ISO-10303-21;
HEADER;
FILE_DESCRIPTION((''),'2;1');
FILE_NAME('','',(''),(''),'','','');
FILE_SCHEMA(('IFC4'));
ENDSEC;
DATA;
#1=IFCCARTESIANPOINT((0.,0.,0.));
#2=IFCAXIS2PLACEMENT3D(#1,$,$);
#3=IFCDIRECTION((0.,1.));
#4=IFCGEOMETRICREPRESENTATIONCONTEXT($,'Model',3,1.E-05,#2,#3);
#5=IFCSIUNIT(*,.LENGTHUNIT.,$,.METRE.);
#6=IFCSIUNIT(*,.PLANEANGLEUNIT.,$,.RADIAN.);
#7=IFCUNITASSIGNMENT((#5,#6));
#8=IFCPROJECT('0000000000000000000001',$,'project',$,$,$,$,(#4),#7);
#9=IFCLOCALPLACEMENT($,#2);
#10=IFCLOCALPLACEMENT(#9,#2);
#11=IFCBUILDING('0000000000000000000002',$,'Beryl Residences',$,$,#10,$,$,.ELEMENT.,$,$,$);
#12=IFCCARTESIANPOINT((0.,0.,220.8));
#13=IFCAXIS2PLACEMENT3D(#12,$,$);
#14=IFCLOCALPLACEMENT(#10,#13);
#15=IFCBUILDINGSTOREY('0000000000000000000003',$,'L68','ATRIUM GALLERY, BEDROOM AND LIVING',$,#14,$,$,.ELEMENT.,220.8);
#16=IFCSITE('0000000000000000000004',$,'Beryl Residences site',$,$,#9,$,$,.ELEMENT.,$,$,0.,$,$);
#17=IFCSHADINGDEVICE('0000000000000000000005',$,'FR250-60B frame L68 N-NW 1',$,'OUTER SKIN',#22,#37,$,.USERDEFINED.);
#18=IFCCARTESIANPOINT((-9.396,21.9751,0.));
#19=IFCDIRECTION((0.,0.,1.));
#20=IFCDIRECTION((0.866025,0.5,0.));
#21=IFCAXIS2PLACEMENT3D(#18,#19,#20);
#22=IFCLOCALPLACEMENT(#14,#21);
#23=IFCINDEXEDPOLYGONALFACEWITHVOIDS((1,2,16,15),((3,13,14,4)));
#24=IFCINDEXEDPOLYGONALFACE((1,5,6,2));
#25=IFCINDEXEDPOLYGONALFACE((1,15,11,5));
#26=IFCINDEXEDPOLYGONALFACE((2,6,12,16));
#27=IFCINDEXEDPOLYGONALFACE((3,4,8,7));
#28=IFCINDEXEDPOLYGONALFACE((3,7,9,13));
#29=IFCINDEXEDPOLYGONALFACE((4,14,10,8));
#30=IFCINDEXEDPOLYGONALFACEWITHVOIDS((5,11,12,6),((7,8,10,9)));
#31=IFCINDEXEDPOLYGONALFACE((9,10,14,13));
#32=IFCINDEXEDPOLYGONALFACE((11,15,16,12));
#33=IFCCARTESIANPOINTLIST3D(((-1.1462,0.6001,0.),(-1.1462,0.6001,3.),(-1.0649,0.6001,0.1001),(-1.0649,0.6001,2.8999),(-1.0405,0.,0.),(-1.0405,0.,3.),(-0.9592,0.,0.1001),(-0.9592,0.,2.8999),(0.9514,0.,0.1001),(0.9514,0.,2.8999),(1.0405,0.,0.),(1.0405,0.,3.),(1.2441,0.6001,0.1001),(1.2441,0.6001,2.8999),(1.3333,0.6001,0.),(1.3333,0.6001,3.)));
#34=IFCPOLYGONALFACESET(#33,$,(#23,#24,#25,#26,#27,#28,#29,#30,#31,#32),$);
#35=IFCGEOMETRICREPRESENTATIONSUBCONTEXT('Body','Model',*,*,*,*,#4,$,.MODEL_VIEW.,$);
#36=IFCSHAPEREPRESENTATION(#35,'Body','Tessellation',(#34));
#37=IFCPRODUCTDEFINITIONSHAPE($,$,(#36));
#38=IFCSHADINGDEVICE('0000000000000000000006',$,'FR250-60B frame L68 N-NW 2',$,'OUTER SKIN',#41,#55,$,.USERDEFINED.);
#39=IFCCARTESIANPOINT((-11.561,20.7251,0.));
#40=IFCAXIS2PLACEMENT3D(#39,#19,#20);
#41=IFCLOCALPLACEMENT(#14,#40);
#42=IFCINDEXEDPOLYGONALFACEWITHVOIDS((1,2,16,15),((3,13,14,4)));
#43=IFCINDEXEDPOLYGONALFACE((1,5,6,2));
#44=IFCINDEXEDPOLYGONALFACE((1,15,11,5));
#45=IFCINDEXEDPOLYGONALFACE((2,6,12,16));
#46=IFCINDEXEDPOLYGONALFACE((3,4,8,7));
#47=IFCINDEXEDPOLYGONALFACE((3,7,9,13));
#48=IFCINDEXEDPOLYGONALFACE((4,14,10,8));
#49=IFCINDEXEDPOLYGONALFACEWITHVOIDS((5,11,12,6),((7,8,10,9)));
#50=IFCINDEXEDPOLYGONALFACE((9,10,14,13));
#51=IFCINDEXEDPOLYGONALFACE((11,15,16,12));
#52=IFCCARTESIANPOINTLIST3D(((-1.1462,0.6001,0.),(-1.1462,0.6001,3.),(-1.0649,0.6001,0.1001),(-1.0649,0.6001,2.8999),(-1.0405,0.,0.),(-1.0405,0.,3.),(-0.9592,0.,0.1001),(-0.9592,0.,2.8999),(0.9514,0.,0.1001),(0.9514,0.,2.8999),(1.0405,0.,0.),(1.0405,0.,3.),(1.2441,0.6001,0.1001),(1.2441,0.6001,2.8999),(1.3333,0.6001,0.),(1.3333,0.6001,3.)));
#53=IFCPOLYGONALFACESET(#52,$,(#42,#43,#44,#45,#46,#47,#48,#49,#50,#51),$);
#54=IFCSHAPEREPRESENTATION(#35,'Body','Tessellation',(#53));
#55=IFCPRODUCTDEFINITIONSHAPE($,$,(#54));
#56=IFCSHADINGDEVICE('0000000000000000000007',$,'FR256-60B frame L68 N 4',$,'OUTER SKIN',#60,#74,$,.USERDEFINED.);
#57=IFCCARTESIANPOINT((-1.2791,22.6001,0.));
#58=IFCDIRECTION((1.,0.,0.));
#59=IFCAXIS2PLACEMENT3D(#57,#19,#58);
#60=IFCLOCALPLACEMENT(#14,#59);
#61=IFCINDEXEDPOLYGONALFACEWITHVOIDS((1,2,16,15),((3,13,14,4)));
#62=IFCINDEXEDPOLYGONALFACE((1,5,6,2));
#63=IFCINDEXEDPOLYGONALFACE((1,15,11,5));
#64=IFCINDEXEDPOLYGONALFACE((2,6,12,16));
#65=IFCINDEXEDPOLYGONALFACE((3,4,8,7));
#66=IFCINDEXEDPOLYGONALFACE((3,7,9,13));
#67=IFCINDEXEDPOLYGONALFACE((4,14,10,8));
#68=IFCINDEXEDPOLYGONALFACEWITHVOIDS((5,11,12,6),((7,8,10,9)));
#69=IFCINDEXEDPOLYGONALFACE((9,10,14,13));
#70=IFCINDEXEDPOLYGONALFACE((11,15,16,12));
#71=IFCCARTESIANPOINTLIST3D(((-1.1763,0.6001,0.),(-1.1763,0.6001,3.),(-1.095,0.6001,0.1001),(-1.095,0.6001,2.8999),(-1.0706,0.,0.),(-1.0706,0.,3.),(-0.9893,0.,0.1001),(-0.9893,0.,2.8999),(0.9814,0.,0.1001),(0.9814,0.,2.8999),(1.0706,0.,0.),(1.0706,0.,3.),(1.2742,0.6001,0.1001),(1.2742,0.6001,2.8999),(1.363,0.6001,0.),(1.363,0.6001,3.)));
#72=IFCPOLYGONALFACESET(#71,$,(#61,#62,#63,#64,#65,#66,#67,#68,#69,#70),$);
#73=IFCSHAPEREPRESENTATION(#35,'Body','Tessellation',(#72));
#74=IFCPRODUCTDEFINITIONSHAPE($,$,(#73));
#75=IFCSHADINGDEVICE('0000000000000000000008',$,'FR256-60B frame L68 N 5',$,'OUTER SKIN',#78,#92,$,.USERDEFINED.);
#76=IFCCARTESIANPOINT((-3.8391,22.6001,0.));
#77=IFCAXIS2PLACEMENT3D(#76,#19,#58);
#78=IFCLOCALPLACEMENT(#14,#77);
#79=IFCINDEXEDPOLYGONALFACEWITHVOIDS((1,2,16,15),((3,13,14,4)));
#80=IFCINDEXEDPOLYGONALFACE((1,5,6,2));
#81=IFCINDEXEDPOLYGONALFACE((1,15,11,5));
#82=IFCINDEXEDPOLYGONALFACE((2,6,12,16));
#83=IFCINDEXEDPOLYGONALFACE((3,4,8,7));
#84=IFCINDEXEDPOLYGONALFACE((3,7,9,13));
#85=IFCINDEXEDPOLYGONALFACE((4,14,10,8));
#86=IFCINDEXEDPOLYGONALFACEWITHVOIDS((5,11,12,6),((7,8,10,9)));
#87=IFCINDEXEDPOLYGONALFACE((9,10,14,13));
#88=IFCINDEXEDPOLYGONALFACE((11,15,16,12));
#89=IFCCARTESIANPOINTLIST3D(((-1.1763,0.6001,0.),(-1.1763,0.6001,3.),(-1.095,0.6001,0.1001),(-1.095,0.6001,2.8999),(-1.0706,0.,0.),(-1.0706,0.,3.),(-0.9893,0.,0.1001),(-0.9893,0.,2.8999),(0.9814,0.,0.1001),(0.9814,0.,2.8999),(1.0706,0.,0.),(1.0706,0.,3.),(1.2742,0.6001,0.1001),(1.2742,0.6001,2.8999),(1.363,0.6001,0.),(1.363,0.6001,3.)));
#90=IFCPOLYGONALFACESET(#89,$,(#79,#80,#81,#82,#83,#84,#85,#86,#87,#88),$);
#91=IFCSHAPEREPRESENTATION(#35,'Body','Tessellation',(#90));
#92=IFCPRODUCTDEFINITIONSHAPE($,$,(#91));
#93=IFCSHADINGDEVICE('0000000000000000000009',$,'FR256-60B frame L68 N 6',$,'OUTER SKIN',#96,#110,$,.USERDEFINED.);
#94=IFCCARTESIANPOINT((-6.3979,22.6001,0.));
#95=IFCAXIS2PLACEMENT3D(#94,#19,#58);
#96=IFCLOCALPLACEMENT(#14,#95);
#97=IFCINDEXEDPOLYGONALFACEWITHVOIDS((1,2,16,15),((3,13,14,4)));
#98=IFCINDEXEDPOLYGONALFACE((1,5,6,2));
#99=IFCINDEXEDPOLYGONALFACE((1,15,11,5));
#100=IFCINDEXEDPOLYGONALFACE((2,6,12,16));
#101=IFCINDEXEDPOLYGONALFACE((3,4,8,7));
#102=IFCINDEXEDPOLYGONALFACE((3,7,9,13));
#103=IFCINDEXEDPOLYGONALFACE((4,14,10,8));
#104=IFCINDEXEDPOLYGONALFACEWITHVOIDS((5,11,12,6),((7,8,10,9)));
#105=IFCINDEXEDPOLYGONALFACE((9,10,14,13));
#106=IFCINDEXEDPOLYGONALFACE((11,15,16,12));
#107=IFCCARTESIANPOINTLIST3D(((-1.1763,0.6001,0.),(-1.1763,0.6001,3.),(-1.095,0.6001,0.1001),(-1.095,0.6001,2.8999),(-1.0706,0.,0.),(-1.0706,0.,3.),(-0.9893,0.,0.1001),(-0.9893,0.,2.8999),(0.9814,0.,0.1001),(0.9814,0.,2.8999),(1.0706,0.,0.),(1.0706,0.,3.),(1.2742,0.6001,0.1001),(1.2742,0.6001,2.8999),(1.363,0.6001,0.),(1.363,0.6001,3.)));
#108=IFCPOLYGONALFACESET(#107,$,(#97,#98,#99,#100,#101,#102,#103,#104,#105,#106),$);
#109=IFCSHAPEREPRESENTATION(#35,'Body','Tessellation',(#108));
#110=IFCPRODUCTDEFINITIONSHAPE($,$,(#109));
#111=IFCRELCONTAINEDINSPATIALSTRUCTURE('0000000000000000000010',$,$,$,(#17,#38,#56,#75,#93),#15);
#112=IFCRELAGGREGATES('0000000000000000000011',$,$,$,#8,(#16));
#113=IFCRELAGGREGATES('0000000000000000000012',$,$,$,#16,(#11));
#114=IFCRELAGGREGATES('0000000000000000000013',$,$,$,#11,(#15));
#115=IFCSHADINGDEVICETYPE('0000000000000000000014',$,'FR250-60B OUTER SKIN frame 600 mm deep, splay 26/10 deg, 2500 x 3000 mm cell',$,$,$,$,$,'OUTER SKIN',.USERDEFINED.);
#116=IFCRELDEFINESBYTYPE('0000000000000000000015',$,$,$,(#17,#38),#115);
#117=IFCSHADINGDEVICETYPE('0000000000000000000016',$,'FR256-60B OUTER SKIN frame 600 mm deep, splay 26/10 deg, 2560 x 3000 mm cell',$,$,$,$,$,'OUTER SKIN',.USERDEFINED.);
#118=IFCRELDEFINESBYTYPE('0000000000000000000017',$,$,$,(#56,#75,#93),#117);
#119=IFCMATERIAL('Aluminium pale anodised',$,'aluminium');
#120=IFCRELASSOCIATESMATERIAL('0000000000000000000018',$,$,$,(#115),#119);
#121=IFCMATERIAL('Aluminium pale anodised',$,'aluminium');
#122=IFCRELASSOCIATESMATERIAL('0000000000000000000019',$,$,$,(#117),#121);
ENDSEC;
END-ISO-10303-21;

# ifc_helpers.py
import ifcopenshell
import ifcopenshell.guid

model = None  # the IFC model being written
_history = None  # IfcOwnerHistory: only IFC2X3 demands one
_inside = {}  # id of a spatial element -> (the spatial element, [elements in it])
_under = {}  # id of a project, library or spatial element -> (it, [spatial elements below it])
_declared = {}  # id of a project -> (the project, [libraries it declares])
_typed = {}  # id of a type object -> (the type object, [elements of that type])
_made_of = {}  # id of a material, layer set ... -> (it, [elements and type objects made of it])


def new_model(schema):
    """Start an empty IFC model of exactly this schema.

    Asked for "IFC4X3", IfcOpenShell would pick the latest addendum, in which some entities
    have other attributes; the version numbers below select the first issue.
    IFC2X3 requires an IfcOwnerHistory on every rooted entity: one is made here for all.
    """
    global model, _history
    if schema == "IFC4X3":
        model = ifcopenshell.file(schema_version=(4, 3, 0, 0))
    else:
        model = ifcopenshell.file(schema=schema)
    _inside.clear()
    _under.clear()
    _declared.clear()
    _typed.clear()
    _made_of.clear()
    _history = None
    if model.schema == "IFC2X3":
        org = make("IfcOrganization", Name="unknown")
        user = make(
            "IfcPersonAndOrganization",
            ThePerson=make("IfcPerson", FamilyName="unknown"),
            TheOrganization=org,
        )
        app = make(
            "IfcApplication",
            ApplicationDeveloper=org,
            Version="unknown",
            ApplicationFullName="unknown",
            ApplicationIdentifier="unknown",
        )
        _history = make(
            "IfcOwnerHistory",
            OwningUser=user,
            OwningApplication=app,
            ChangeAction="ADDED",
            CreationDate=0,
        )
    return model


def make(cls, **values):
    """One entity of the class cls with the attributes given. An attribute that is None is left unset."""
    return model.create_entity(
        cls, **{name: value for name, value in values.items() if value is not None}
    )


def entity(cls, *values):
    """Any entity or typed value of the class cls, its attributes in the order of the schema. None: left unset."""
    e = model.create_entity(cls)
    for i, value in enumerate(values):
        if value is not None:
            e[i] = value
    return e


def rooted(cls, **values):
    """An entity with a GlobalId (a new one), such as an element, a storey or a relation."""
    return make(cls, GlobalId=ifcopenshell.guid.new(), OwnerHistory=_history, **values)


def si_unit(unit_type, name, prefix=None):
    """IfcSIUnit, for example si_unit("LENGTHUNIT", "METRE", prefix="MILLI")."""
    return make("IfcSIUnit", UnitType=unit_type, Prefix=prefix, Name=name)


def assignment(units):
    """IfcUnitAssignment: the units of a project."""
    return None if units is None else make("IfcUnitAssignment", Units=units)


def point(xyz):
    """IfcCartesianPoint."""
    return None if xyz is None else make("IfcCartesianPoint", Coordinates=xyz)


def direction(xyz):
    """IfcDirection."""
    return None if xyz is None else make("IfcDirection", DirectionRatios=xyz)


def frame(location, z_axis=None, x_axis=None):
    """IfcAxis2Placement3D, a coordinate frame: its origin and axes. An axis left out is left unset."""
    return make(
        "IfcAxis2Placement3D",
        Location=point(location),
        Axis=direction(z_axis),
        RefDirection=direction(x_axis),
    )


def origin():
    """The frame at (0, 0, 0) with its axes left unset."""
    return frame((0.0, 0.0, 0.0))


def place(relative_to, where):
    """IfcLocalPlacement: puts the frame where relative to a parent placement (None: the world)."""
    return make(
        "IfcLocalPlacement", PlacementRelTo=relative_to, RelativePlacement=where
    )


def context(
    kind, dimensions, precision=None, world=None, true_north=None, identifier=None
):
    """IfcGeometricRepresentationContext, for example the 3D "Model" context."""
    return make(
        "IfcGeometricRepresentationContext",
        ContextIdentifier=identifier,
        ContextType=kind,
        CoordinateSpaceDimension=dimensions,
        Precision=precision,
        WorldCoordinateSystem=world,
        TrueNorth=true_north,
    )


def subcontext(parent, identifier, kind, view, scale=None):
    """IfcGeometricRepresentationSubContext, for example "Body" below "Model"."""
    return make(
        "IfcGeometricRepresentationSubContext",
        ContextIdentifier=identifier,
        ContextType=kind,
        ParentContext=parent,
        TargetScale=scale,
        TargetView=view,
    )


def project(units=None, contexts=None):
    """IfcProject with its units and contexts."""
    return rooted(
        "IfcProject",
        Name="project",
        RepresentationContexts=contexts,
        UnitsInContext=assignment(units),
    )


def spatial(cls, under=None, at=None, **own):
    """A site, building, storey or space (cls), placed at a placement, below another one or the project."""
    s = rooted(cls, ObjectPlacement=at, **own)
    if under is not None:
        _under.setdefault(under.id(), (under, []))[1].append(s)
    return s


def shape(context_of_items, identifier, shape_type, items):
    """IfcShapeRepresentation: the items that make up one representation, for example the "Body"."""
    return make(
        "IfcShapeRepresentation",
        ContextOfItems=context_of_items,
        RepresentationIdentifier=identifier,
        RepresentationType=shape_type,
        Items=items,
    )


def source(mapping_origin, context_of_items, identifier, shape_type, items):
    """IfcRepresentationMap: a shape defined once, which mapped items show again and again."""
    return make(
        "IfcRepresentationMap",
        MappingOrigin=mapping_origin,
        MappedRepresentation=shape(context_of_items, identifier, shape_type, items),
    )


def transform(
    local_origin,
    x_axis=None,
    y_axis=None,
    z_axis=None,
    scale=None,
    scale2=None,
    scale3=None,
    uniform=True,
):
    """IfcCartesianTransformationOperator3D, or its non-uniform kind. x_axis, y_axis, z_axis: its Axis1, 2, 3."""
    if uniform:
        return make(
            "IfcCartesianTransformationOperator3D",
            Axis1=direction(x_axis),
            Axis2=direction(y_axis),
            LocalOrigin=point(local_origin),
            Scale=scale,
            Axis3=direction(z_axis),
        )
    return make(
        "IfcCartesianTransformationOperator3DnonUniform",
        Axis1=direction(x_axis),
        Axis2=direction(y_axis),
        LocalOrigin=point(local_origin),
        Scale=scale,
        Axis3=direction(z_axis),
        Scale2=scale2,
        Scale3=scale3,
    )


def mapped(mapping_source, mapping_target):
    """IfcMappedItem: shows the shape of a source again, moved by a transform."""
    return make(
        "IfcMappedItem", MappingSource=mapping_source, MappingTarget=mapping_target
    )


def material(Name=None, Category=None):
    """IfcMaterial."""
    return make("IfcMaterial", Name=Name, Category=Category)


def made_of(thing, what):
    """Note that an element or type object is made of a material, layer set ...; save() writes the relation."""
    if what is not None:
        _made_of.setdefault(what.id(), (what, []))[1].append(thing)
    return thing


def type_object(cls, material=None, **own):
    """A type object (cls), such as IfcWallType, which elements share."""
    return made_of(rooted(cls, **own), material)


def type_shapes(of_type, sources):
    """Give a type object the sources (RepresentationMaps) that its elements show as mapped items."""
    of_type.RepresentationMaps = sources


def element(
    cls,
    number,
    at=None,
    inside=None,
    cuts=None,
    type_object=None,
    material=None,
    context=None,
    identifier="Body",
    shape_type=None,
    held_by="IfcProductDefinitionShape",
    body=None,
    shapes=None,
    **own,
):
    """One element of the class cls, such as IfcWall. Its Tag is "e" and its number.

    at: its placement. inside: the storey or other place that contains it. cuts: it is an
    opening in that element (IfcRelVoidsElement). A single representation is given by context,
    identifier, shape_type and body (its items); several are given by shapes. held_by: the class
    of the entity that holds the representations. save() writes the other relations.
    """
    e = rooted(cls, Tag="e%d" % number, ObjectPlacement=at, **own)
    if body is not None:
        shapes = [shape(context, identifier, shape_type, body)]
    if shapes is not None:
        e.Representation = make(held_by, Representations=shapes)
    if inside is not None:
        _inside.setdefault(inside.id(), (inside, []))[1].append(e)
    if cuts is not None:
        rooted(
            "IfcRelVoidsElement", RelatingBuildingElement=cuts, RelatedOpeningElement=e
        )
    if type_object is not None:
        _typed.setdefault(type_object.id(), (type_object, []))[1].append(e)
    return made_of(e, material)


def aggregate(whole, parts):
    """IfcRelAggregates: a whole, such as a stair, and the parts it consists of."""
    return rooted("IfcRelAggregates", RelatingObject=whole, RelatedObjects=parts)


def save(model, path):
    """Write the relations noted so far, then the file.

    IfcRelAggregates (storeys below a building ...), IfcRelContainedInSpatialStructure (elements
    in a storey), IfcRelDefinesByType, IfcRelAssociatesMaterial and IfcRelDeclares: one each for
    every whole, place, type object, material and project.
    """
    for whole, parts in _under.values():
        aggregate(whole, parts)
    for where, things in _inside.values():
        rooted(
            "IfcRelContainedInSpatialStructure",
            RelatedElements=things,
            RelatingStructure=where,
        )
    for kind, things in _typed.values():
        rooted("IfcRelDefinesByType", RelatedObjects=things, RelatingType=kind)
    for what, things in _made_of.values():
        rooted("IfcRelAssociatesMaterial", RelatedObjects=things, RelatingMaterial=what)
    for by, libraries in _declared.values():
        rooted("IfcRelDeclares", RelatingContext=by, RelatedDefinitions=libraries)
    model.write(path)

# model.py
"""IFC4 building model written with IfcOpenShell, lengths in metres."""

from ifc_helpers import new_model, entity, si_unit, direction, frame, origin, place, context, subcontext, project, spatial, source, transform, mapped, material, type_object, type_shapes, element, save


model = new_model("IFC4")

# Units and contexts
model_context = context("Model", 3, precision=1e-05, world=origin(), true_north=direction((0.0, 1.0)))
body_context = subcontext(model_context, "Body", "Model", "MODEL_VIEW")
ifc_project = project(units=[si_unit("LENGTHUNIT", "METRE"), si_unit("PLANEANGLEUNIT", "RADIAN")], contexts=[model_context])

# Site, building, storey
site_placement = place(None, origin())
site = spatial("IfcSite", under=ifc_project, at=site_placement, Name="Beryl Residences site", CompositionType="ELEMENT", RefElevation=0.0)
building_placement = place(site_placement, origin())
building = spatial("IfcBuilding", under=site, at=building_placement, Name="Beryl Residences", CompositionType="ELEMENT")
storey_placement = place(building_placement, frame((0.0, 0.0, 220.8)))
storey = spatial("IfcBuildingStorey", under=building, at=storey_placement, Name="L68", Description="ATRIUM GALLERY, BEDROOM AND LIVING", CompositionType="ELEMENT", Elevation=220.8)

# Shading devices
ifc_material_1 = material(Name="Aluminium pale anodised", Category="aluminium")
shading_device_type_1 = type_object("IfcShadingDeviceType", Name="FR250-60B OUTER SKIN frame 600 mm deep, splay 26/10 deg, 2500 x 3000 mm cell", ElementType="OUTER SKIN", PredefinedType="USERDEFINED", material=ifc_material_1)
cartesian_point_1 = entity("IfcCartesianPoint", [-1.0405, 0.0])
cartesian_point_2 = entity("IfcCartesianPoint", [-0.9514, 0.1001])
cartesian_point_3 = entity("IfcCartesianPoint", [-1.3333, 0.0])
cartesian_point_4 = entity("IfcCartesianPoint", [-1.2441, 0.1001])
shared_shape_1 = source(origin(), body_context, "Body", "SweptSolid", [
    entity("IfcExtrudedAreaSolidTapered", entity("IfcArbitraryProfileDefWithVoids", "AREA", None, entity("IfcPolyline", [cartesian_point_1, entity("IfcCartesianPoint", [1.0405, 0.0]), entity("IfcCartesianPoint", [1.0405, 3.0]), entity("IfcCartesianPoint", [-1.0405, 3.0]), cartesian_point_1]), [entity("IfcPolyline", [cartesian_point_2, entity("IfcCartesianPoint", [0.9592, 0.1001]), entity("IfcCartesianPoint", [0.9592, 2.8999]), entity("IfcCartesianPoint", [-0.9514, 2.8999]), cartesian_point_2])]), entity("IfcAxis2Placement3D", entity("IfcCartesianPoint", [0.0, 0.0, 0.0]), entity("IfcDirection", [0.0, 1.0, 0.0]), entity("IfcDirection", [-1.0, 0.0, 0.0])), entity("IfcDirection", [0.0, 0.0, 1.0]), 0.6001, entity("IfcArbitraryProfileDefWithVoids", "AREA", None, entity("IfcPolyline", [cartesian_point_3, entity("IfcCartesianPoint", [1.1462, 0.0]), entity("IfcCartesianPoint", [1.1462, 3.0]), entity("IfcCartesianPoint", [-1.3333, 3.0]), cartesian_point_3]), [entity("IfcPolyline", [cartesian_point_4, entity("IfcCartesianPoint", [1.0649, 0.1001]), entity("IfcCartesianPoint", [1.0649, 2.8999]), entity("IfcCartesianPoint", [-1.2441, 2.8999]), cartesian_point_4])])),
])
type_shapes(shading_device_type_1, [shared_shape_1])
for number, where, z_axis, x_axis, name in (
    (1, (-9.396, 21.9751, 0.0), (0.0, 0.0, 1.0), (0.866025, 0.5, 0.0), "FR250-60B frame L68 N-NW 1"),
    (2, (-11.561, 20.7251, 0.0), (0.0, 0.0, 1.0), (0.866025, 0.5, 0.0), "FR250-60B frame L68 N-NW 2"),
):
    element("IfcShadingDevice", number, at=place(storey_placement, frame(where, z_axis=z_axis, x_axis=x_axis)), inside=storey, type_object=shading_device_type_1, Name=name, ObjectType="OUTER SKIN", PredefinedType="USERDEFINED", context=body_context, shape_type="MappedRepresentation", body=[
        mapped(shared_shape_1, transform((0.0, 0.0, 0.0))),
    ])
ifc_material_2 = material(Name="Aluminium pale anodised", Category="aluminium")
shading_device_type_2 = type_object("IfcShadingDeviceType", Name="FR256-60B OUTER SKIN frame 600 mm deep, splay 26/10 deg, 2560 x 3000 mm cell", ElementType="OUTER SKIN", PredefinedType="USERDEFINED", material=ifc_material_2)
cartesian_point_5 = entity("IfcCartesianPoint", [-1.0706, 0.0])
cartesian_point_6 = entity("IfcCartesianPoint", [-0.9814, 0.1001])
cartesian_point_7 = entity("IfcCartesianPoint", [-1.363, 0.0])
cartesian_point_8 = entity("IfcCartesianPoint", [-1.2742, 0.1001])
shared_shape_2 = source(origin(), body_context, "Body", "SweptSolid", [
    entity("IfcExtrudedAreaSolidTapered", entity("IfcArbitraryProfileDefWithVoids", "AREA", None, entity("IfcPolyline", [cartesian_point_5, entity("IfcCartesianPoint", [1.0706, 0.0]), entity("IfcCartesianPoint", [1.0706, 3.0]), entity("IfcCartesianPoint", [-1.0706, 3.0]), cartesian_point_5]), [entity("IfcPolyline", [cartesian_point_6, entity("IfcCartesianPoint", [0.9893, 0.1001]), entity("IfcCartesianPoint", [0.9893, 2.8999]), entity("IfcCartesianPoint", [-0.9814, 2.8999]), cartesian_point_6])]), entity("IfcAxis2Placement3D", entity("IfcCartesianPoint", [0.0, 0.0, 0.0]), entity("IfcDirection", [0.0, 1.0, 0.0]), entity("IfcDirection", [-1.0, 0.0, 0.0])), entity("IfcDirection", [0.0, 0.0, 1.0]), 0.6001, entity("IfcArbitraryProfileDefWithVoids", "AREA", None, entity("IfcPolyline", [cartesian_point_7, entity("IfcCartesianPoint", [1.1763, 0.0]), entity("IfcCartesianPoint", [1.1763, 3.0]), entity("IfcCartesianPoint", [-1.363, 3.0]), cartesian_point_7]), [entity("IfcPolyline", [cartesian_point_8, entity("IfcCartesianPoint", [1.095, 0.1001]), entity("IfcCartesianPoint", [1.095, 2.8999]), entity("IfcCartesianPoint", [-1.2742, 2.8999]), cartesian_point_8])])),
])
type_shapes(shading_device_type_2, [shared_shape_2])
for number, where, z_axis, x_axis, name in (
    (3, (-1.2791, 22.6001, 0.0), (0.0, 0.0, 1.0), (1.0, 0.0, 0.0), "FR256-60B frame L68 N 4"),
    (4, (-3.8391, 22.6001, 0.0), (0.0, 0.0, 1.0), (1.0, 0.0, 0.0), "FR256-60B frame L68 N 5"),
    (5, (-6.3979, 22.6001, 0.0), (0.0, 0.0, 1.0), (1.0, 0.0, 0.0), "FR256-60B frame L68 N 6"),
):
    element("IfcShadingDevice", number, at=place(storey_placement, frame(where, z_axis=z_axis, x_axis=x_axis)), inside=storey, type_object=shading_device_type_2, Name=name, ObjectType="OUTER SKIN", PredefinedType="USERDEFINED", context=body_context, shape_type="MappedRepresentation", body=[
        mapped(shared_shape_2, transform((0.0, 0.0, 0.0))),
    ])

save(model, "model.ifc")
